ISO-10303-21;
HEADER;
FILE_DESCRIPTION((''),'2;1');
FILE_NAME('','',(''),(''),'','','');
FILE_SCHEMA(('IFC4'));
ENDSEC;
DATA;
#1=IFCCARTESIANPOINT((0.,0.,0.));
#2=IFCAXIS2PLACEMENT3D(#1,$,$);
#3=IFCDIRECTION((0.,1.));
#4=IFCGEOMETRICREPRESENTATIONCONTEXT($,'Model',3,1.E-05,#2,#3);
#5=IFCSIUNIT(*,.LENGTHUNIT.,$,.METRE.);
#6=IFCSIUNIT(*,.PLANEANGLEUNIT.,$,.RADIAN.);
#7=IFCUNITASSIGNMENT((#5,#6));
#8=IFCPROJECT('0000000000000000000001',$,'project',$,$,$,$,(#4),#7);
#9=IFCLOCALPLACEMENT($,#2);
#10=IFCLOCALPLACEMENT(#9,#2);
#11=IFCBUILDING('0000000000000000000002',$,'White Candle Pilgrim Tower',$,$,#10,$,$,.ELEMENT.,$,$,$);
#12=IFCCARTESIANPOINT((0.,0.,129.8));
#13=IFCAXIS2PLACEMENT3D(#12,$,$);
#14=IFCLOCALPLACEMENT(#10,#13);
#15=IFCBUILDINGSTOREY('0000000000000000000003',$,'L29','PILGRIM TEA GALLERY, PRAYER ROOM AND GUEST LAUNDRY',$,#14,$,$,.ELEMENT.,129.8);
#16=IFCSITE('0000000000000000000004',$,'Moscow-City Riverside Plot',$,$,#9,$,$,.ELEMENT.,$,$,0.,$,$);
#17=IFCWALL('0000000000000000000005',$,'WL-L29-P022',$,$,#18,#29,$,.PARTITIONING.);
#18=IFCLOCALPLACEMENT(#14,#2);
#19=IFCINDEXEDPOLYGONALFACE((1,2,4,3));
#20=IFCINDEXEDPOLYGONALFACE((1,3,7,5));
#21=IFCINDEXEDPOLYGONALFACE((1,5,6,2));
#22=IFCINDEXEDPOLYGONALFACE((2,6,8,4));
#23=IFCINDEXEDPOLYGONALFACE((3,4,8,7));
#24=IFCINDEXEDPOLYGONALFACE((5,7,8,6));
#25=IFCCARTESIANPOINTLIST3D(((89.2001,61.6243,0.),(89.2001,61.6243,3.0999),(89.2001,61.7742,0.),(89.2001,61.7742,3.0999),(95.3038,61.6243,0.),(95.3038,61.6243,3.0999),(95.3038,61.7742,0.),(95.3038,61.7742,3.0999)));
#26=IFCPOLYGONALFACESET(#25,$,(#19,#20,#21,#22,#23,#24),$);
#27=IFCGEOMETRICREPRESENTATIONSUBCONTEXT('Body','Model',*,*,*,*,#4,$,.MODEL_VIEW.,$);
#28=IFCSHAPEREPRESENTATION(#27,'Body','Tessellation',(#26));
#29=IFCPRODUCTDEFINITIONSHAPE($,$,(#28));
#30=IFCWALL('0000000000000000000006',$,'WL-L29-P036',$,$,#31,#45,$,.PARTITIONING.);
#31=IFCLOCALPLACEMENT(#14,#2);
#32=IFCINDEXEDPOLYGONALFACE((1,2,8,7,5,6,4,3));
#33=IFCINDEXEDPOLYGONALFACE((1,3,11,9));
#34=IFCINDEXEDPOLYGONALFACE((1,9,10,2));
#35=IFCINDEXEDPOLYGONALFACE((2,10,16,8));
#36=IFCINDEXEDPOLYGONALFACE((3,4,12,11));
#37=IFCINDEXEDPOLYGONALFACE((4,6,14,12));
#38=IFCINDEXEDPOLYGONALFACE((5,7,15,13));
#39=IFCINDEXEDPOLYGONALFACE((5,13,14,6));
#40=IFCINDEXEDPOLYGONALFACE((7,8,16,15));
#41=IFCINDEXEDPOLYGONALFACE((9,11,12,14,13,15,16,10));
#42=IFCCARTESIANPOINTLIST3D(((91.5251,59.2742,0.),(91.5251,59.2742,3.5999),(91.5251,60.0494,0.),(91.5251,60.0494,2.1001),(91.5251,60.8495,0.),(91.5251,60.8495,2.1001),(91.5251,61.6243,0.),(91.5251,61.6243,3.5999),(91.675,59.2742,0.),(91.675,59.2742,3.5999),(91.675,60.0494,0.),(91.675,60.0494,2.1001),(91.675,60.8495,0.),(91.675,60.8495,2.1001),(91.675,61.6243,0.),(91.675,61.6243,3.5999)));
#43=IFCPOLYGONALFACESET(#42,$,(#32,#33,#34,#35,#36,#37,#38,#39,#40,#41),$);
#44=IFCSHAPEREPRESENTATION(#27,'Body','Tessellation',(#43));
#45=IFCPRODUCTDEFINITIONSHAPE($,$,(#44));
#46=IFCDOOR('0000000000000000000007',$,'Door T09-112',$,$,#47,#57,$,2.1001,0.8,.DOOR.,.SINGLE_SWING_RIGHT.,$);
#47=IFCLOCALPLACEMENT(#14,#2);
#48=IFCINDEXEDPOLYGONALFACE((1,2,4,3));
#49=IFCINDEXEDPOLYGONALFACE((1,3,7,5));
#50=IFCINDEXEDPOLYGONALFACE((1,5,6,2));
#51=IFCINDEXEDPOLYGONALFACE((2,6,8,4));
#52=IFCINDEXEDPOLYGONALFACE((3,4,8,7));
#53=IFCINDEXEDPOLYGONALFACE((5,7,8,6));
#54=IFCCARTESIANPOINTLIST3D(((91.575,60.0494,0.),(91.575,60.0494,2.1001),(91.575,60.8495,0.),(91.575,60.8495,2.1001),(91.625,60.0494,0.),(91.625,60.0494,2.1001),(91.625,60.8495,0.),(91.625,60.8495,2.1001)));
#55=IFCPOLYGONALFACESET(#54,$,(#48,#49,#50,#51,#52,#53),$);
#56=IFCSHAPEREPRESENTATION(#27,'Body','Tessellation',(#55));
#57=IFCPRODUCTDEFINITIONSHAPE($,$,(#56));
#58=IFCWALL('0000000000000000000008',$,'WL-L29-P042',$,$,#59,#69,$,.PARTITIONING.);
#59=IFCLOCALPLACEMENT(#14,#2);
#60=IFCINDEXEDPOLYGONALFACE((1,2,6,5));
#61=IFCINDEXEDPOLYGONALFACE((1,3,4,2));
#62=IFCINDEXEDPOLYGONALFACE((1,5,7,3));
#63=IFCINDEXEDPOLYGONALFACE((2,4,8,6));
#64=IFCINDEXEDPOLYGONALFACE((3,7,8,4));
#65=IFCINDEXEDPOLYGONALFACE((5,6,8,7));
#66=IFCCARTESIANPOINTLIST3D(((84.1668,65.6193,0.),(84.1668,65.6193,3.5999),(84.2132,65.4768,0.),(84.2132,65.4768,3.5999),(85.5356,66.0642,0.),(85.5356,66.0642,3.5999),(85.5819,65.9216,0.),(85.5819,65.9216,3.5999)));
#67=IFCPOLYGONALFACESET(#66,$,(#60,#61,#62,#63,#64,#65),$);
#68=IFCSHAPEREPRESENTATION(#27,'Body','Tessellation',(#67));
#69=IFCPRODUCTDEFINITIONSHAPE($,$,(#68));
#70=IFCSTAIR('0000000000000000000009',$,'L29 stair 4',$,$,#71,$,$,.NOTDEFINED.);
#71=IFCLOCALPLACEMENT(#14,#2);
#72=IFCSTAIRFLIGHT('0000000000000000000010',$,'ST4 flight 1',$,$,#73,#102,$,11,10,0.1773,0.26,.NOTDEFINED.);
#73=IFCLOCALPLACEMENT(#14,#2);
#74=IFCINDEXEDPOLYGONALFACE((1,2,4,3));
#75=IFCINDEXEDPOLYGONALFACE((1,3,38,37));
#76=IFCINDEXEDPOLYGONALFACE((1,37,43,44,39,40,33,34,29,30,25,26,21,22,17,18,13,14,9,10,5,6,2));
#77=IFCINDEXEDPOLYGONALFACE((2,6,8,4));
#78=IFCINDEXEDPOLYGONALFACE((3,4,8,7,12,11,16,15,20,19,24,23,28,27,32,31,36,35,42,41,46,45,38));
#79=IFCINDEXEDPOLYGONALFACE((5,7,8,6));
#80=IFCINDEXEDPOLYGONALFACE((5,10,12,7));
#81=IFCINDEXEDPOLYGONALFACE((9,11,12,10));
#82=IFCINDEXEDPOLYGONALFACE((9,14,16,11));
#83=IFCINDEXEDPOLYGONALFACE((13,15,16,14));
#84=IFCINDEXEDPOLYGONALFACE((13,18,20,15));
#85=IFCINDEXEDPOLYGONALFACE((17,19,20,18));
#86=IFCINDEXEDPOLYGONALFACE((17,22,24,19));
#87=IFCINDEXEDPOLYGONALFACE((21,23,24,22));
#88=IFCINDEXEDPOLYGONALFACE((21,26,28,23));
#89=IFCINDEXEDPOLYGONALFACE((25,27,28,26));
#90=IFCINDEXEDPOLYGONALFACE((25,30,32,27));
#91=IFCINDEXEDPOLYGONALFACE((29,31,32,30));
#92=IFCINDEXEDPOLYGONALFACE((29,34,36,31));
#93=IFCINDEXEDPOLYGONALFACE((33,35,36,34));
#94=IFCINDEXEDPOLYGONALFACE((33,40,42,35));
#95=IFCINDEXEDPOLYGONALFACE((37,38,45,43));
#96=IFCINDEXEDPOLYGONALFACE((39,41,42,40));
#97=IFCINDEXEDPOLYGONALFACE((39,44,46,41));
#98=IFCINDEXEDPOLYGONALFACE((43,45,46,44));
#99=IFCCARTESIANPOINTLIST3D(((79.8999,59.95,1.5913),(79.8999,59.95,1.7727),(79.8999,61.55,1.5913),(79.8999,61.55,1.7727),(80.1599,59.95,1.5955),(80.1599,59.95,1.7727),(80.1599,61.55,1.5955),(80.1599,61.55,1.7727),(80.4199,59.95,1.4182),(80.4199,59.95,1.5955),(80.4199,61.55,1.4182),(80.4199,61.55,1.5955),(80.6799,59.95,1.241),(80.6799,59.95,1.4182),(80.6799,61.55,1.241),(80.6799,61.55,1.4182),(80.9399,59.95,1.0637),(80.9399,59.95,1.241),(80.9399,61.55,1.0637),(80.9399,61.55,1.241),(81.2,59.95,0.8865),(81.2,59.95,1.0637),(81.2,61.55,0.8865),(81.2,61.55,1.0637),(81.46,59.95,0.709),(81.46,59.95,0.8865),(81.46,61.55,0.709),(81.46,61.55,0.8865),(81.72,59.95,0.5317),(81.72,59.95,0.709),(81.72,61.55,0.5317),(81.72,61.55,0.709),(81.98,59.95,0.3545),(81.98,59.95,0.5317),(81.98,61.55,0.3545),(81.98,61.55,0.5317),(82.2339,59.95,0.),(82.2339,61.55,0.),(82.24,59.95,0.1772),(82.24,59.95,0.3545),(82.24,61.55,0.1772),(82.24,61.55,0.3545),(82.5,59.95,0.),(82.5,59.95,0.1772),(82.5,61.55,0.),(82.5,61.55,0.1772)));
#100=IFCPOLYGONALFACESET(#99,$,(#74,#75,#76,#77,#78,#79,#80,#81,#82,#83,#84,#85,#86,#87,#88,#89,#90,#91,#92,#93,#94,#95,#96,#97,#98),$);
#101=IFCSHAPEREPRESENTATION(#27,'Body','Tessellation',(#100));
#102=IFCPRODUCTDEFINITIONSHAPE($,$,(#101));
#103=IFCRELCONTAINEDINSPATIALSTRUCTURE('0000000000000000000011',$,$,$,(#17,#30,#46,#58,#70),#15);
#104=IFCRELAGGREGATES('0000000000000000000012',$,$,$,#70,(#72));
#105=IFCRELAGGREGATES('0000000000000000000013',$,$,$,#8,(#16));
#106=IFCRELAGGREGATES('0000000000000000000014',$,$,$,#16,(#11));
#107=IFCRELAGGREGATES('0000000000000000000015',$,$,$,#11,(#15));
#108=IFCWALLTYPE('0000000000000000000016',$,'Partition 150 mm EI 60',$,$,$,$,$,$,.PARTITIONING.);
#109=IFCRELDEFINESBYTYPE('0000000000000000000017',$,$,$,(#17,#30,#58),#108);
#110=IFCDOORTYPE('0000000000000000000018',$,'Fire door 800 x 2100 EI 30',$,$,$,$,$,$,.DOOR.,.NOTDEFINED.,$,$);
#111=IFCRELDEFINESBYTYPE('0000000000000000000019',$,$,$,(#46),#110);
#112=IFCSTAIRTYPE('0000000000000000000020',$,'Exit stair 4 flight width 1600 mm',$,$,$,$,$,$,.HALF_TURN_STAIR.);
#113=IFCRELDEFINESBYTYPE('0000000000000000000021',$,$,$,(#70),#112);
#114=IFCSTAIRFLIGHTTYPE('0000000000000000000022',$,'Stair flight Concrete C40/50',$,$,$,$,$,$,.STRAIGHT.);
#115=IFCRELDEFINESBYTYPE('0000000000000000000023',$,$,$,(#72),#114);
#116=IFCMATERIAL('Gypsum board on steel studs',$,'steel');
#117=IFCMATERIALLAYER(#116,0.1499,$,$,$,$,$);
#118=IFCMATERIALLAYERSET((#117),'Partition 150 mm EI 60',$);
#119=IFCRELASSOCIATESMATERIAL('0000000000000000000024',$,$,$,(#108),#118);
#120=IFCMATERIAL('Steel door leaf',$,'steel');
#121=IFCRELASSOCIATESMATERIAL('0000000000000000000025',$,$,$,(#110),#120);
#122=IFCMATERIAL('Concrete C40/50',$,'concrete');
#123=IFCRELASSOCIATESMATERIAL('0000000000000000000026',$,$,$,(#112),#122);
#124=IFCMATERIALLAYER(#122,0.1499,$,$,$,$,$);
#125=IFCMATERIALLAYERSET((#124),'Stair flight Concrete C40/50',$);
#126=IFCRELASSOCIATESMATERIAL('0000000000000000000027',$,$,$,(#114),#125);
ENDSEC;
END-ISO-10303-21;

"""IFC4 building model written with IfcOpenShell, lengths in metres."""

from ifc_helpers import new_model, si_unit, direction, frame, frame_2d, origin, place, context, subcontext, project, spatial, polyline, rectangle, outline, extrude, material, layer, layer_set, type_object, element, fill, aggregate, save


model = new_model("IFC4")

# Units and contexts
model_context = context("Model", 3, precision=1e-05, world=origin(), true_north=direction((0.0, 1.0)))
body_context = subcontext(model_context, "Body", "Model", "MODEL_VIEW")
ifc_project = project(units=[si_unit("LENGTHUNIT", "METRE"), si_unit("PLANEANGLEUNIT", "RADIAN")], contexts=[model_context])

# Site, building, storey
site_placement = place(None, origin())
site = spatial("IfcSite", under=ifc_project, at=site_placement, Name="Moscow-City Riverside Plot", CompositionType="ELEMENT", RefElevation=0.0)
building_placement = place(site_placement, origin())
building = spatial("IfcBuilding", under=site, at=building_placement, Name="White Candle Pilgrim Tower", CompositionType="ELEMENT")
storey_placement = place(building_placement, frame((0.0, 0.0, 129.8)))
storey = spatial("IfcBuildingStorey", under=building, at=storey_placement, Name="L29", Description="PILGRIM TEA GALLERY, PRAYER ROOM AND GUEST LAUNDRY", CompositionType="ELEMENT", Elevation=129.8)

# Shared definitions
ifc_material_1 = material(Name="Gypsum board on steel studs", Category="steel")
ifc_material_2 = material(Name="Steel door leaf", Category="steel")

# Wall
ifc_layer_1 = layer(ifc_material_1, 0.1499)
ifc_layer_set_1 = layer_set([ifc_layer_1], Name="Partition 150 mm EI 60")
wall_type_1 = type_object("IfcWallType", Name="Partition 150 mm EI 60", PredefinedType="PARTITIONING", material=ifc_layer_set_1)
wall_1_placement = place(storey_placement, frame((95.3037, 61.6992, 0.0), z_axis=(0.0, 0.0, 1.0), x_axis=(-1.0, 0.0, 0.0)))
element("IfcWall", 1, at=wall_1_placement, inside=storey, type_object=wall_type_1, Name="WL-L29-P022", PredefinedType="PARTITIONING", context=body_context, shape_type="SweptSolid", body=[
    extrude(rectangle(XDim=6.1038, YDim=0.1499, at=frame_2d((3.0518, 0.0))), origin(), (0.0, 0.0, 1.0), 3.0999),
])

# Wall, opening, door
wall_2_placement = place(storey_placement, frame((91.6001, 61.6243, 0.0), z_axis=(0.0, 0.0, 1.0), x_axis=(0.0, -1.0, 0.0)))
wall_2 = element("IfcWall", 2, at=wall_2_placement, inside=storey, type_object=wall_type_1, Name="WL-L29-P036", PredefinedType="PARTITIONING", context=body_context, shape_type="SweptSolid", body=[
    extrude(rectangle(XDim=2.3501, YDim=0.1499, at=frame_2d((1.175, 0.0))), origin(), (0.0, 0.0, 1.0), 3.5999),
])
opening_1_placement = place(wall_2_placement, frame((0.7749, 0.0, 0.0)))
opening_1 = element("IfcOpeningElement", 3, at=opening_1_placement, cuts=wall_2, PredefinedType="OPENING", context=body_context, shape_type="SweptSolid", body=[
    extrude(rectangle(XDim=0.8, YDim=2.1001, at=frame_2d((0.3999, 1.05))), frame((0.0, 0.085, 0.0), z_axis=(0.0, -1.0, 0.0), x_axis=(1.0, 0.0, 0.0)), (0.0, 0.0, 1.0), 0.1699),
])
door_type_1 = type_object("IfcDoorType", Name="Fire door 800 x 2100 EI 30", OperationType="NOTDEFINED", PredefinedType="DOOR", material=ifc_material_2)
door_1_placement = place(opening_1_placement, origin())
door_1 = element("IfcDoor", 4, at=door_1_placement, inside=storey, type_object=door_type_1, Name="Door T09-112", OperationType="SINGLE_SWING_RIGHT", OverallHeight=2.1001, OverallWidth=0.8, PredefinedType="DOOR", context=body_context, shape_type="SweptSolid", body=[
    extrude(rectangle(XDim=0.8, YDim=2.1001, at=frame_2d((0.3999, 1.05))), frame((0.0, 0.0249, 0.0), z_axis=(0.0, -1.0, 0.0), x_axis=(1.0, 0.0, 0.0)), (0.0, 0.0, 1.0), 0.05),
])
fill(opening_1, door_1)

# Wall
wall_3_placement = place(storey_placement, frame((85.5588, 65.9929, 0.0), z_axis=(0.0, 0.0, 1.0), x_axis=(-0.951032, -0.309094, 0.0)))
element("IfcWall", 5, at=wall_3_placement, inside=storey, type_object=wall_type_1, Name="WL-L29-P042", PredefinedType="PARTITIONING", context=body_context, shape_type="SweptSolid", body=[
    extrude(rectangle(XDim=1.4392, YDim=0.1499, at=frame_2d((0.7197, 0.0))), origin(), (0.0, 0.0, 1.0), 3.5999),
])

# Stair, stair flight
ifc_material_3 = material(Name="Concrete C40/50", Category="concrete")
stair_type = type_object("IfcStairType", Name="Exit stair 4 flight width 1600 mm", PredefinedType="HALF_TURN_STAIR", material=ifc_material_3)
stair_placement = place(storey_placement, origin())
stair = element("IfcStair", 6, at=stair_placement, inside=storey, type_object=stair_type, Name="L29 stair 4", PredefinedType="NOTDEFINED")
ifc_layer_2 = layer(ifc_material_3, 0.1499)
ifc_layer_set_2 = layer_set([ifc_layer_2], Name="Stair flight Concrete C40/50")
stair_flight_type = type_object("IfcStairFlightType", Name="Stair flight Concrete C40/50", PredefinedType="STRAIGHT", material=ifc_layer_set_2)
stair_flight_placement = place(storey_placement, frame((82.5, 60.75, 0.0), z_axis=(0.0, 0.0, 1.0), x_axis=(-1.0, 0.0, 0.0)))
stair_flight = element("IfcStairFlight", 7, at=stair_flight_placement, type_object=stair_flight_type, Name="ST4 flight 1", NumberOfRisers=11, NumberOfTreads=10, PredefinedType="NOTDEFINED", RiserHeight=0.1773, TreadLength=0.26, context=body_context, shape_type="SweptSolid", body=[
    extrude(outline(polyline([(0.0, 0.0), (0.0, 0.1772), (0.26, 0.1772), (0.26, 0.3545), (0.52, 0.3545), (0.52, 0.5317), (0.78, 0.5317), (0.78, 0.709), (1.04, 0.709), (1.04, 0.8865), (1.3, 0.8865), (1.3, 1.0637), (1.5601, 1.0637), (1.5601, 1.241), (1.8201, 1.241), (1.8201, 1.4182), (2.0801, 1.4182), (2.0801, 1.5955), (2.3401, 1.5955), (2.3401, 1.7727), (2.6001, 1.7727), (2.6001, 1.95), (2.6001, 1.5913), (0.2661, 0.0), (0.0, 0.0)])), frame((0.0, 0.8, 0.0), z_axis=(0.0, -1.0, 0.0), x_axis=(1.0, 0.0, 0.0)), (0.0, 0.0, 1.0), 1.6001),
])
aggregate(stair, [stair_flight])

save(model, "model.ifc")
